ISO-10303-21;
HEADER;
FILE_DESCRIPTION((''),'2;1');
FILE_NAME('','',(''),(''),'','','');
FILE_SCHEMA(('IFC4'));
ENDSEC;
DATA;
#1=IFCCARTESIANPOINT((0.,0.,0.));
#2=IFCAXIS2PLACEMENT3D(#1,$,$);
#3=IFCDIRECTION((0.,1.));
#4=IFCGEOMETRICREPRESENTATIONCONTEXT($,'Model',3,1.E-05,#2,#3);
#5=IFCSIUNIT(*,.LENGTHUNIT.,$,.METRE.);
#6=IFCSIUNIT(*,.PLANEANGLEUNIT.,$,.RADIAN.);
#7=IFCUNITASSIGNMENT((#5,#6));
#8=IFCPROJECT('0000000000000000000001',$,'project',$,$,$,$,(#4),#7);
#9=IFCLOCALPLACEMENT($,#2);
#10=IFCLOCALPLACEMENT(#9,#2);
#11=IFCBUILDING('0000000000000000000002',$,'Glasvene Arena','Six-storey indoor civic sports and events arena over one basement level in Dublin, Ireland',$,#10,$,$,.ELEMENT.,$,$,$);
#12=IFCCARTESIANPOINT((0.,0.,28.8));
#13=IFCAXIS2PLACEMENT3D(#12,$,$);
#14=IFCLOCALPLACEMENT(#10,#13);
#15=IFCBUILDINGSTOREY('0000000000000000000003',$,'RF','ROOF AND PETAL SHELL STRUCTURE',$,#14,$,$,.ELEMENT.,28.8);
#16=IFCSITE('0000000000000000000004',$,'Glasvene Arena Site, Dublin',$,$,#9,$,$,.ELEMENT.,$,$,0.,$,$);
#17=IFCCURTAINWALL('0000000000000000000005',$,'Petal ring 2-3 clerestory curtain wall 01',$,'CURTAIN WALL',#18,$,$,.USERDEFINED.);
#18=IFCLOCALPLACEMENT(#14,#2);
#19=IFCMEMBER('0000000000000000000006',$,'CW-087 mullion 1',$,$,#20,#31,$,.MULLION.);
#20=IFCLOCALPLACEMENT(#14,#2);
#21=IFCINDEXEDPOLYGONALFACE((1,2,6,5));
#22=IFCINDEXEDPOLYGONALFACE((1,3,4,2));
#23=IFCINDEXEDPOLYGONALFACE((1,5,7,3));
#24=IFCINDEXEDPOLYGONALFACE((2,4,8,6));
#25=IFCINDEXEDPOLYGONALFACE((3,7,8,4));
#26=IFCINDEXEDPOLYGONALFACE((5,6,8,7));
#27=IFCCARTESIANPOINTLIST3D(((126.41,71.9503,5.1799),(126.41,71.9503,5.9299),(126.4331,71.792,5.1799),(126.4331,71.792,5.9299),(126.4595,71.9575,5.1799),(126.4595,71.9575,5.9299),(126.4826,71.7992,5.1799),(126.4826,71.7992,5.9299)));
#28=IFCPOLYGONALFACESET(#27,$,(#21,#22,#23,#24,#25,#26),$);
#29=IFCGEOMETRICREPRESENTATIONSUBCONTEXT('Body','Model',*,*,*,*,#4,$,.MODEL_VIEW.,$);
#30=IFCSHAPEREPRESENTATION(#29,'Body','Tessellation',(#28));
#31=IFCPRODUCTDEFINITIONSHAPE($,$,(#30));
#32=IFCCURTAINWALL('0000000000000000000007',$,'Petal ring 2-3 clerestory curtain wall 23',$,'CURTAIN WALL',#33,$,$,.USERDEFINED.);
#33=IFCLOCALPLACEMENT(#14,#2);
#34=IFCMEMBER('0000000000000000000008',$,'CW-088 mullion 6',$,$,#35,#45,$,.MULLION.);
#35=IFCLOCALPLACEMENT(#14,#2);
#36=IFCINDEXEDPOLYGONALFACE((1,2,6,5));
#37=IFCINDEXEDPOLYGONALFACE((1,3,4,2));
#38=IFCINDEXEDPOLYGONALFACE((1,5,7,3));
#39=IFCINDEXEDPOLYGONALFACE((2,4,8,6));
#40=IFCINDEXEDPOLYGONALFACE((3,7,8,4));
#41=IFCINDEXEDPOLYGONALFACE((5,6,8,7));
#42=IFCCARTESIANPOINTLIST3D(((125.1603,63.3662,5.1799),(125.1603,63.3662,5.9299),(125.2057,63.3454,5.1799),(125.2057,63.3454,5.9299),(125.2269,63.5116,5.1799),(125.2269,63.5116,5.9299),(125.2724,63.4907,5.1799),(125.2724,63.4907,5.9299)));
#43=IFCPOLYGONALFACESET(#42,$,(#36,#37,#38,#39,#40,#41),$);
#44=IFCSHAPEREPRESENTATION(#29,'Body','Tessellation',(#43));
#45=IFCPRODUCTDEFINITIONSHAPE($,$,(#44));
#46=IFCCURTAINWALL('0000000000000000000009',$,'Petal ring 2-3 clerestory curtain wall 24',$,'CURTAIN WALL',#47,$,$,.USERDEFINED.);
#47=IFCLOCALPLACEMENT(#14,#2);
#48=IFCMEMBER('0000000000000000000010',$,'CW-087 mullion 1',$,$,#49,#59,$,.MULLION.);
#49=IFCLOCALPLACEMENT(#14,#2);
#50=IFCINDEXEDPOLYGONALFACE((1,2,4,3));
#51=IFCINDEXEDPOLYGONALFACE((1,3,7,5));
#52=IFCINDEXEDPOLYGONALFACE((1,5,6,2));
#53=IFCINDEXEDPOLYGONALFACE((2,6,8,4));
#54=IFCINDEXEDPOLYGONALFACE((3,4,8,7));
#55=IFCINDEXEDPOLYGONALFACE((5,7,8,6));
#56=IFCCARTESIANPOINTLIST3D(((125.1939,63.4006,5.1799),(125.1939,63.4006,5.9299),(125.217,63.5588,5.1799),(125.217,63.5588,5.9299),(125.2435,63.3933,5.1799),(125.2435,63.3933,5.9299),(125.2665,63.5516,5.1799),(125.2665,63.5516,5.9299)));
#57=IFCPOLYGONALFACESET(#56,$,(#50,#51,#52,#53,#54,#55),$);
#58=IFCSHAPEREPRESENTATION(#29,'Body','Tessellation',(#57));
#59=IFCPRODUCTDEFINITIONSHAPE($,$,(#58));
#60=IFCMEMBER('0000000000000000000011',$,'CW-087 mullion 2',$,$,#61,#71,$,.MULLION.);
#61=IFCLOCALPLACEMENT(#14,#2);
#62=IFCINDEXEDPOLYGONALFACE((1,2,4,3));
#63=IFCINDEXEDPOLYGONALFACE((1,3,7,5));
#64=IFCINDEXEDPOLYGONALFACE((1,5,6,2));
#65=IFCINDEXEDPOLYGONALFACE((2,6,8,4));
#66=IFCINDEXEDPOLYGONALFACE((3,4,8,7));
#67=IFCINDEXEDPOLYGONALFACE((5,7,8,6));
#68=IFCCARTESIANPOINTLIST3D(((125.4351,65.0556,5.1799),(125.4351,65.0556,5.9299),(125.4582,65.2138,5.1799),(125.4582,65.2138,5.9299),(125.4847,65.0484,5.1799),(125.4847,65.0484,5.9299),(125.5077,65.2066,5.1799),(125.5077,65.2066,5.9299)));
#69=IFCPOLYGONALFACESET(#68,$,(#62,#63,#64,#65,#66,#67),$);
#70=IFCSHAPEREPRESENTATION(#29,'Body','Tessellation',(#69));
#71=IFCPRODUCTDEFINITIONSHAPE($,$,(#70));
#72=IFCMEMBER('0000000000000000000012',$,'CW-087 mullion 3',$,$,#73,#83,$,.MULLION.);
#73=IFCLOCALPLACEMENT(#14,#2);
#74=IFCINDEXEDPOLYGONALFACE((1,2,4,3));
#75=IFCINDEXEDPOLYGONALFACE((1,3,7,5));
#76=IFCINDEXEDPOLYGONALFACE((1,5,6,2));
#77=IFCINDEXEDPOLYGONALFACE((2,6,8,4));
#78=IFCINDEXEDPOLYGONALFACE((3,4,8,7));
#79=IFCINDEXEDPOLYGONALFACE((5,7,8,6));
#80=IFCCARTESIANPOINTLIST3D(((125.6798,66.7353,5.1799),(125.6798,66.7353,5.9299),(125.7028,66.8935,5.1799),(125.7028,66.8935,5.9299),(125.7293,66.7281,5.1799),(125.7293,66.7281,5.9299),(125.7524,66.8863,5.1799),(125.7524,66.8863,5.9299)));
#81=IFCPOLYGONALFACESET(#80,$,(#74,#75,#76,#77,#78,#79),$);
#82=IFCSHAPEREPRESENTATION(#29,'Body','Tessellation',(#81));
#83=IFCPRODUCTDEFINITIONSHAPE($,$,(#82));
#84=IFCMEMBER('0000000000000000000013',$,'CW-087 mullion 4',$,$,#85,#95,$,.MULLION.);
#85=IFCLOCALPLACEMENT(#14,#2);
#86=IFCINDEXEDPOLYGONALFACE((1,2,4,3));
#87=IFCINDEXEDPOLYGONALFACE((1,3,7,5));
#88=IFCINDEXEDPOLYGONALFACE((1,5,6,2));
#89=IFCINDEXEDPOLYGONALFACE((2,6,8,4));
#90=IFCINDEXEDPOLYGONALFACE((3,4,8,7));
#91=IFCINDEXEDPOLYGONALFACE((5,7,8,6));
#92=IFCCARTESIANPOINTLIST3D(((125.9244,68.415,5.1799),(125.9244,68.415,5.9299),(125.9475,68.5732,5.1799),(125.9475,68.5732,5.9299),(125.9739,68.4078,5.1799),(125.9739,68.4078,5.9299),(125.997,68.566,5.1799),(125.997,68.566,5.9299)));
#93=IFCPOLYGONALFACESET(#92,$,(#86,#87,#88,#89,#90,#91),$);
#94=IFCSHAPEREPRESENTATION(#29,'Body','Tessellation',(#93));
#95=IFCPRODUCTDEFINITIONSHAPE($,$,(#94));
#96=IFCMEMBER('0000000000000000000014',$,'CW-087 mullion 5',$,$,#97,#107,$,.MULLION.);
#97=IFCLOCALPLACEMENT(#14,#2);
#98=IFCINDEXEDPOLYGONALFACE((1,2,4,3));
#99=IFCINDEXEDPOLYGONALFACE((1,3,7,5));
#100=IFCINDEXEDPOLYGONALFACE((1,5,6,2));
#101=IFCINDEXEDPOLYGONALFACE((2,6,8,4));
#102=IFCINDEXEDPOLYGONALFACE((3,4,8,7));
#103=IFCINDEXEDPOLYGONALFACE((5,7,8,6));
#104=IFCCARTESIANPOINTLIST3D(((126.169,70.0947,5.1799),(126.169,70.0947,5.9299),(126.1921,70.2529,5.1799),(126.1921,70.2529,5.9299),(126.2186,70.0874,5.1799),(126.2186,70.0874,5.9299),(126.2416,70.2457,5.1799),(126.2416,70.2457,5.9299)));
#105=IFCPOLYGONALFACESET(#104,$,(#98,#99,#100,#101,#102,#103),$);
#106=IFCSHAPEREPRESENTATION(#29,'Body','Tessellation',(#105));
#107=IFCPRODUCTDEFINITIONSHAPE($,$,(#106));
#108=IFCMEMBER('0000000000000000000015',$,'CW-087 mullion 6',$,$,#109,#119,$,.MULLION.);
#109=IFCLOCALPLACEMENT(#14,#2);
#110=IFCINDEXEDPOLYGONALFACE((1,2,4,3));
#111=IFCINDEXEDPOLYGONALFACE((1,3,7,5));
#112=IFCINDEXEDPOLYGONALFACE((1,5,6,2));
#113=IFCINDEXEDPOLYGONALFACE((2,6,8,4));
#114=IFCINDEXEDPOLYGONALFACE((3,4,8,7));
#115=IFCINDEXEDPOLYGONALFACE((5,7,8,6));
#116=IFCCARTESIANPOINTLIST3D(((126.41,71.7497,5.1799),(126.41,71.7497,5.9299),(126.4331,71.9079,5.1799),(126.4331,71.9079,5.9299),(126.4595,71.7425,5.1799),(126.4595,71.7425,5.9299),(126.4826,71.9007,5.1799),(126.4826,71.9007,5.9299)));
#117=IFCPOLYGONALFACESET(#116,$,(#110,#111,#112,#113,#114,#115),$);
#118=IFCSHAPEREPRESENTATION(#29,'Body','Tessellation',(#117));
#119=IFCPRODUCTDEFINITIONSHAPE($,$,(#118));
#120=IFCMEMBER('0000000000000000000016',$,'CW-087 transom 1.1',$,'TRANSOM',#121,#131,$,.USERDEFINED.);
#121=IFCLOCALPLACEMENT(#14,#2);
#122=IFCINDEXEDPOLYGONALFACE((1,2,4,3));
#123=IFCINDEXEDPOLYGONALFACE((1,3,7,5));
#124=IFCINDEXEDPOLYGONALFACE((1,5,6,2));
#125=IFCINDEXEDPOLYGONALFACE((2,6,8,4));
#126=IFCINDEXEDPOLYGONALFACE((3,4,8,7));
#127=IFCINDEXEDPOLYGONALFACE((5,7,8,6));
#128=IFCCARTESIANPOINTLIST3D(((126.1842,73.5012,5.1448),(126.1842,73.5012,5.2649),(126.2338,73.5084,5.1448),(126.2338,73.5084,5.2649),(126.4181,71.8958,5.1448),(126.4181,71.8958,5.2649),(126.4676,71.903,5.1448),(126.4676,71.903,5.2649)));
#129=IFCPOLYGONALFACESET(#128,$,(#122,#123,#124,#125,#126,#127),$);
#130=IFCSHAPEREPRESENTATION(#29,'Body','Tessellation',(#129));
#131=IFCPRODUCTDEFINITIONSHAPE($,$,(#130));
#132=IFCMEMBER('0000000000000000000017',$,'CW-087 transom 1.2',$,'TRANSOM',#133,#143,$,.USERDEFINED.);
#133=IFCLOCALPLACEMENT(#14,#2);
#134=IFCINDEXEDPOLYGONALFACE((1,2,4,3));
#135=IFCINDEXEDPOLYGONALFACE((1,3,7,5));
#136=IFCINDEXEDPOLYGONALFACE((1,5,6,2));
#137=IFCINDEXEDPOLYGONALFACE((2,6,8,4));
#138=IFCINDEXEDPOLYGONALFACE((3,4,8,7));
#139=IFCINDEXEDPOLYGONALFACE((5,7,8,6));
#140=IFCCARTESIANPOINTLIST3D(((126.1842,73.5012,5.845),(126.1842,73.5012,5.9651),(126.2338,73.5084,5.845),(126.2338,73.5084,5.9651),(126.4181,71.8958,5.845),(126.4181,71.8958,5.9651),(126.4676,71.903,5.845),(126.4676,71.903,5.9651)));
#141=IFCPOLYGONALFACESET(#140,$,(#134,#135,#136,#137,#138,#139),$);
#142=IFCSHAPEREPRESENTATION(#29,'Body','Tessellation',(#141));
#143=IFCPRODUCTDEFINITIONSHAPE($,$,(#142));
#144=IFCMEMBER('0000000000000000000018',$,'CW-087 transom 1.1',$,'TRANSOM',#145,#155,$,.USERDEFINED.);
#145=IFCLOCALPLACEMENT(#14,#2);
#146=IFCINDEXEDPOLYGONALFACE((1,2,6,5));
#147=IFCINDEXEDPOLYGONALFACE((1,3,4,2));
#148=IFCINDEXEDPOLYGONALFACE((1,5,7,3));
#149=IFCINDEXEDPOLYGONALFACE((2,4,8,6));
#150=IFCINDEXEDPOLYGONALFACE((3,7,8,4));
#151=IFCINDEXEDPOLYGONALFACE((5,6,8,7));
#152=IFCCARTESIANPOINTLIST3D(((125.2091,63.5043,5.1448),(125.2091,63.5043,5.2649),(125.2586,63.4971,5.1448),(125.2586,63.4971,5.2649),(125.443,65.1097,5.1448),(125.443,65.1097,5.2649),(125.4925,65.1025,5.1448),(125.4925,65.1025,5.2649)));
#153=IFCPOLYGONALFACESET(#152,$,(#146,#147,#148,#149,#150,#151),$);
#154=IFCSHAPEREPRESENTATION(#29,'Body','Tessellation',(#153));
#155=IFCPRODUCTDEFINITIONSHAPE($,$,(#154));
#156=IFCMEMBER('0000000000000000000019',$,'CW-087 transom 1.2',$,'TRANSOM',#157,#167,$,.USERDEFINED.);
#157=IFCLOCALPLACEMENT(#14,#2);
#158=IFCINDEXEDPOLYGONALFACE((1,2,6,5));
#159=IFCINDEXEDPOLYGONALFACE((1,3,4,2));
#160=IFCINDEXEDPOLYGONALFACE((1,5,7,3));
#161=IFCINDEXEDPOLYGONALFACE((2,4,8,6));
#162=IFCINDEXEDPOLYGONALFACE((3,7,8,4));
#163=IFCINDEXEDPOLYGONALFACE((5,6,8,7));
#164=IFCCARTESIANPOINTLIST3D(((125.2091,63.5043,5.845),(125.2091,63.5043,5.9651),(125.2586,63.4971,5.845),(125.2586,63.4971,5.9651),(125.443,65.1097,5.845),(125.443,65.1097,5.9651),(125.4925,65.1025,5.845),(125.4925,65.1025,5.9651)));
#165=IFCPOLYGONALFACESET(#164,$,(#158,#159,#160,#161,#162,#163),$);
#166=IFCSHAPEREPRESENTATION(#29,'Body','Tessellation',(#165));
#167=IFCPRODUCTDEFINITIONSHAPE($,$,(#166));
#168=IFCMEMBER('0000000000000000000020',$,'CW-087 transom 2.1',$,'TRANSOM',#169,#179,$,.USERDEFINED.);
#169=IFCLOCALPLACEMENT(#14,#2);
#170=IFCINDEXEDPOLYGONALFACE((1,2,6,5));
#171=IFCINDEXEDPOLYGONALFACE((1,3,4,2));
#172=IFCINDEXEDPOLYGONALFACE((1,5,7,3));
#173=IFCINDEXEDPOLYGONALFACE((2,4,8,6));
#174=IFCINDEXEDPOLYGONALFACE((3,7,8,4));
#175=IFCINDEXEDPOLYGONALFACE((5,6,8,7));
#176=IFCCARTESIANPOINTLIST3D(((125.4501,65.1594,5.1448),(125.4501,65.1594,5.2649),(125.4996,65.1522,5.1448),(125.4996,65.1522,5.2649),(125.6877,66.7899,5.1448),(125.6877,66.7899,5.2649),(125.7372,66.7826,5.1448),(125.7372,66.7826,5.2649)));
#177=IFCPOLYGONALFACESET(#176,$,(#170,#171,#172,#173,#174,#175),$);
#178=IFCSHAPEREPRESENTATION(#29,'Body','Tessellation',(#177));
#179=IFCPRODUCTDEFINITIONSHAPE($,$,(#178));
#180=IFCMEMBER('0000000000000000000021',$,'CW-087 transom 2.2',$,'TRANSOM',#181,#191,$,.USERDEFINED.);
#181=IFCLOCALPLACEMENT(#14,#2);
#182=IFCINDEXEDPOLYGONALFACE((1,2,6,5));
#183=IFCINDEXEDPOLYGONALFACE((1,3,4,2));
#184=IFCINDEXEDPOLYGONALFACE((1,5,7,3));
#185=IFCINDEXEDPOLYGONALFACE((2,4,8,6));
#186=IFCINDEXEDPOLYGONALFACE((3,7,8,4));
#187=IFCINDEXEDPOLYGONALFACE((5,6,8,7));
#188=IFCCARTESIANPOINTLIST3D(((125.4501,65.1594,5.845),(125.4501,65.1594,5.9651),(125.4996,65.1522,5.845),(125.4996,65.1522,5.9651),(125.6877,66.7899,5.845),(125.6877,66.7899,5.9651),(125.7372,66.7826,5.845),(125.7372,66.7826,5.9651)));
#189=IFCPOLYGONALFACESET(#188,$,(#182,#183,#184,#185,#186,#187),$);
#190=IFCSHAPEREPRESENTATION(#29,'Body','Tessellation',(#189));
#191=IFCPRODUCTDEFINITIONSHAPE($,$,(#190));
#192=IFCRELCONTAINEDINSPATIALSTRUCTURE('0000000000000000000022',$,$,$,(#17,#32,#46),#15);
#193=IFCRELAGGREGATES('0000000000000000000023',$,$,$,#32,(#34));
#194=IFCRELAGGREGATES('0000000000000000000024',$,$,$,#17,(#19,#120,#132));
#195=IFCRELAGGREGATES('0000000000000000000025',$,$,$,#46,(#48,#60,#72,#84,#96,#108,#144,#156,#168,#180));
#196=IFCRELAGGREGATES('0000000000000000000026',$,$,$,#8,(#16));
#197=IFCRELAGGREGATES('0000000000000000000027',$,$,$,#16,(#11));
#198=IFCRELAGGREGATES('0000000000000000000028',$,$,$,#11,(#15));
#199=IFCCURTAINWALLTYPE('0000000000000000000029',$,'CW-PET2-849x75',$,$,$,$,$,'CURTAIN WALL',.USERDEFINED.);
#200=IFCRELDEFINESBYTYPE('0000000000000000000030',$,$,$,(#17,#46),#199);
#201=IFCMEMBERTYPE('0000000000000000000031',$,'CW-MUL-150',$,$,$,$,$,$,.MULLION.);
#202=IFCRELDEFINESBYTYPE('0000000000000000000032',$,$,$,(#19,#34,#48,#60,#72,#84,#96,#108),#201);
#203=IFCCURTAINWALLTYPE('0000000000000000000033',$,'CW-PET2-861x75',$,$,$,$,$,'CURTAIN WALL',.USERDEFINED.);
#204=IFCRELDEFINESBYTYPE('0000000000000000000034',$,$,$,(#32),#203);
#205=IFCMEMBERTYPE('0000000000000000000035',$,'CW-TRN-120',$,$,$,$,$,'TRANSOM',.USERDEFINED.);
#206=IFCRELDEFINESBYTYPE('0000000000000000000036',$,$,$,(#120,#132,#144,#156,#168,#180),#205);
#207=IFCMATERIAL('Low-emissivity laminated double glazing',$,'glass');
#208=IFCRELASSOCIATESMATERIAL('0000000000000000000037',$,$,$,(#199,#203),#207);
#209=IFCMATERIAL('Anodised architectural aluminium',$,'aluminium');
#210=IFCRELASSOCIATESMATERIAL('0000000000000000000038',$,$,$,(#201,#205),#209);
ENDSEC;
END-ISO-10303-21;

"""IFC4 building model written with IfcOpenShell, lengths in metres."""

from ifc_helpers import new_model, si_unit, direction, frame, origin, origin_2d, place, context, subcontext, project, spatial, rectangle, extrude, material, material_profile, profile_set, type_object, element, aggregate, save


model = new_model("IFC4")

# Units and contexts
model_context = context("Model", 3, precision=1e-05, world=origin(), true_north=direction((0.0, 1.0)))
body_context = subcontext(model_context, "Body", "Model", "MODEL_VIEW")
ifc_project = project(units=[si_unit("LENGTHUNIT", "METRE"), si_unit("PLANEANGLEUNIT", "RADIAN")], contexts=[model_context])

# Site, building, storey
site_placement = place(None, origin())
site = spatial("IfcSite", under=ifc_project, at=site_placement, Name="Glasvene Arena Site, Dublin", CompositionType="ELEMENT", RefElevation=0.0)
building_placement = place(site_placement, origin())
building = spatial("IfcBuilding", under=site, at=building_placement, Name="Glasvene Arena", Description="Six-storey indoor civic sports and events arena over one basement level in Dublin, Ireland", CompositionType="ELEMENT")
storey_placement = place(building_placement, frame((0.0, 0.0, 28.8)))
storey = spatial("IfcBuildingStorey", under=building, at=storey_placement, Name="RF", Description="ROOF AND PETAL SHELL STRUCTURE", CompositionType="ELEMENT", Elevation=28.8)

# Curtain walls, members
ifc_material_1 = material(Name="Low-emissivity laminated double glazing", Category="glass")
curtain_wall_type_1 = type_object("IfcCurtainWallType", Name="CW-PET2-849x75", ElementType="CURTAIN WALL", PredefinedType="USERDEFINED", material=ifc_material_1)
curtain_wall_1_placement = place(storey_placement, frame((126.45, 71.8501, 0.0)))
curtain_wall_1 = element("IfcCurtainWall", 1, at=curtain_wall_1_placement, inside=storey, type_object=curtain_wall_type_1, Name="Petal ring 2-3 clerestory curtain wall 01", ObjectType="CURTAIN WALL", PredefinedType="USERDEFINED")
ifc_material_2 = material(Name="Anodised architectural aluminium", Category="aluminium")
ifc_material_profile_1 = material_profile(ifc_material_2, rectangle(XDim=0.05, YDim=0.1599, at=origin_2d()), Name="ALU MULLION 50x160")
ifc_profile_set_1 = profile_set([ifc_material_profile_1], Name="Anodised architectural aluminium")
member_type_1 = type_object("IfcMemberType", Name="CW-MUL-150", PredefinedType="MULLION", material=ifc_profile_set_1)
member_1_placement = place(storey_placement, frame((126.4463, 71.8748, 5.1799), z_axis=(0.0, 0.0, 1.0), x_axis=(-0.989558, -0.144133, 0.0)))
member_1 = element("IfcMember", 2, at=member_1_placement, type_object=member_type_1, Name="CW-087 mullion 1", PredefinedType="MULLION", context=body_context, shape_type="SweptSolid", body=[
    extrude(rectangle(XDim=0.05, YDim=0.1599, at=origin_2d()), origin(), (0.0, 0.0, 1.0), 0.75),
])
curtain_wall_type_2 = type_object("IfcCurtainWallType", Name="CW-PET2-861x75", ElementType="CURTAIN WALL", PredefinedType="USERDEFINED", material=ifc_material_1)
curtain_wall_2_placement = place(storey_placement, frame((121.6404, 55.625, 0.0)))
curtain_wall_2 = element("IfcCurtainWall", 3, at=curtain_wall_2_placement, inside=storey, type_object=curtain_wall_type_2, Name="Petal ring 2-3 clerestory curtain wall 23", ObjectType="CURTAIN WALL", PredefinedType="USERDEFINED")
member_2_placement = place(storey_placement, frame((125.2163, 63.4285, 5.1799), z_axis=(0.0, 0.0, 1.0), x_axis=(-0.909094, 0.416592, 0.0)))
member_2 = element("IfcMember", 4, at=member_2_placement, type_object=member_type_1, Name="CW-088 mullion 6", PredefinedType="MULLION", context=body_context, shape_type="SweptSolid", body=[
    extrude(rectangle(XDim=0.05, YDim=0.1599, at=origin_2d()), origin(), (0.0, 0.0, 1.0), 0.75),
])
aggregate(curtain_wall_2, [member_2])

# Curtain wall, members
curtain_wall_3_placement = place(storey_placement, frame((125.2268, 63.4514, 0.0)))
curtain_wall_3 = element("IfcCurtainWall", 5, at=curtain_wall_3_placement, inside=storey, type_object=curtain_wall_type_1, Name="Petal ring 2-3 clerestory curtain wall 24", ObjectType="CURTAIN WALL", PredefinedType="USERDEFINED")
member_3_placement = place(storey_placement, frame((125.2302, 63.4761, 5.1799), z_axis=(0.0, 0.0, 1.0), x_axis=(-0.989558, 0.144133, 0.0)))
member_3 = element("IfcMember", 6, at=member_3_placement, type_object=member_type_1, Name="CW-087 mullion 1", PredefinedType="MULLION", context=body_context, shape_type="SweptSolid", body=[
    extrude(rectangle(XDim=0.05, YDim=0.1599, at=origin_2d()), origin(), (0.0, 0.0, 1.0), 0.75),
])
member_4_placement = place(storey_placement, frame((125.4714, 65.1311, 5.1799), z_axis=(0.0, 0.0, 1.0), x_axis=(-0.989558, 0.144133, 0.0)))
member_4 = element("IfcMember", 7, at=member_4_placement, type_object=member_type_1, Name="CW-087 mullion 2", PredefinedType="MULLION", context=body_context, shape_type="SweptSolid", body=[
    extrude(rectangle(XDim=0.05, YDim=0.1599, at=origin_2d()), origin(), (0.0, 0.0, 1.0), 0.75),
])
member_5_placement = place(storey_placement, frame((125.7161, 66.8108, 5.1799), z_axis=(0.0, 0.0, 1.0), x_axis=(-0.989558, 0.144133, 0.0)))
member_5 = element("IfcMember", 8, at=member_5_placement, type_object=member_type_1, Name="CW-087 mullion 3", PredefinedType="MULLION", context=body_context, shape_type="SweptSolid", body=[
    extrude(rectangle(XDim=0.05, YDim=0.1599, at=origin_2d()), origin(), (0.0, 0.0, 1.0), 0.75),
])
member_6_placement = place(storey_placement, frame((125.9607, 68.4905, 5.1799), z_axis=(0.0, 0.0, 1.0), x_axis=(-0.989558, 0.144133, 0.0)))
member_6 = element("IfcMember", 9, at=member_6_placement, type_object=member_type_1, Name="CW-087 mullion 4", PredefinedType="MULLION", context=body_context, shape_type="SweptSolid", body=[
    extrude(rectangle(XDim=0.05, YDim=0.1599, at=origin_2d()), origin(), (0.0, 0.0, 1.0), 0.75),
])
member_7_placement = place(storey_placement, frame((126.2053, 70.1702, 5.1799), z_axis=(0.0, 0.0, 1.0), x_axis=(-0.989558, 0.144133, 0.0)))
member_7 = element("IfcMember", 10, at=member_7_placement, type_object=member_type_1, Name="CW-087 mullion 5", PredefinedType="MULLION", context=body_context, shape_type="SweptSolid", body=[
    extrude(rectangle(XDim=0.05, YDim=0.1599, at=origin_2d()), origin(), (0.0, 0.0, 1.0), 0.75),
])
member_8_placement = place(storey_placement, frame((126.4463, 71.8252, 5.1799), z_axis=(0.0, 0.0, 1.0), x_axis=(-0.989558, 0.144133, 0.0)))
member_8 = element("IfcMember", 11, at=member_8_placement, type_object=member_type_1, Name="CW-087 mullion 6", PredefinedType="MULLION", context=body_context, shape_type="SweptSolid", body=[
    extrude(rectangle(XDim=0.05, YDim=0.1599, at=origin_2d()), origin(), (0.0, 0.0, 1.0), 0.75),
])

# Members
ifc_material_profile_2 = material_profile(ifc_material_2, rectangle(XDim=0.05, YDim=0.1201, at=origin_2d()), Name="ALU TRANSOM 50x120")
ifc_profile_set_2 = profile_set([ifc_material_profile_2], Name="Anodised architectural aluminium")
member_type_2 = type_object("IfcMemberType", Name="CW-TRN-120", ElementType="TRANSOM", PredefinedType="USERDEFINED", material=ifc_profile_set_2)
member_9_placement = place(storey_placement, frame((126.4429, 71.8994, 5.2048), z_axis=(-0.14416, 0.989554, 0.0), x_axis=(-0.989554, -0.14416, 0.0)))
member_9 = element("IfcMember", 12, at=member_9_placement, type_object=member_type_2, Name="CW-087 transom 1.1", ObjectType="TRANSOM", PredefinedType="USERDEFINED", context=body_context, shape_type="SweptSolid", body=[
    extrude(rectangle(XDim=0.05, YDim=0.1201, at=origin_2d()), origin(), (0.0, 0.0, 1.0), 1.6223),
])
member_10_placement = place(storey_placement, frame((126.4429, 71.8994, 5.905), z_axis=(-0.14416, 0.989554, 0.0), x_axis=(-0.989554, -0.14416, 0.0)))
member_10 = element("IfcMember", 13, at=member_10_placement, type_object=member_type_2, Name="CW-087 transom 1.2", ObjectType="TRANSOM", PredefinedType="USERDEFINED", context=body_context, shape_type="SweptSolid", body=[
    extrude(rectangle(XDim=0.05, YDim=0.1201, at=origin_2d()), origin(), (0.0, 0.0, 1.0), 1.6223),
])
aggregate(curtain_wall_1, [member_1, member_9, member_10])
member_11_placement = place(storey_placement, frame((125.2339, 63.5007, 5.2048), z_axis=(0.14416, 0.989554, 0.0), x_axis=(-0.989554, 0.14416, 0.0)))
member_11 = element("IfcMember", 14, at=member_11_placement, type_object=member_type_2, Name="CW-087 transom 1.1", ObjectType="TRANSOM", PredefinedType="USERDEFINED", context=body_context, shape_type="SweptSolid", body=[
    extrude(rectangle(XDim=0.05, YDim=0.1201, at=origin_2d()), origin(), (0.0, 0.0, 1.0), 1.6223),
])
member_12_placement = place(storey_placement, frame((125.2339, 63.5007, 5.905), z_axis=(0.14416, 0.989554, 0.0), x_axis=(-0.989554, 0.14416, 0.0)))
member_12 = element("IfcMember", 15, at=member_12_placement, type_object=member_type_2, Name="CW-087 transom 1.2", ObjectType="TRANSOM", PredefinedType="USERDEFINED", context=body_context, shape_type="SweptSolid", body=[
    extrude(rectangle(XDim=0.05, YDim=0.1201, at=origin_2d()), origin(), (0.0, 0.0, 1.0), 1.6223),
])
member_13_placement = place(storey_placement, frame((125.4749, 65.1558, 5.2048), z_axis=(0.14418, 0.989551, 0.0), x_axis=(-0.989551, 0.14418, 0.0)))
member_13 = element("IfcMember", 16, at=member_13_placement, type_object=member_type_2, Name="CW-087 transom 2.1", ObjectType="TRANSOM", PredefinedType="USERDEFINED", context=body_context, shape_type="SweptSolid", body=[
    extrude(rectangle(XDim=0.05, YDim=0.1201, at=origin_2d()), origin(), (0.0, 0.0, 1.0), 1.6477),
])
member_14_placement = place(storey_placement, frame((125.4749, 65.1558, 5.905), z_axis=(0.14418, 0.989551, 0.0), x_axis=(-0.989551, 0.14418, 0.0)))
member_14 = element("IfcMember", 17, at=member_14_placement, type_object=member_type_2, Name="CW-087 transom 2.2", ObjectType="TRANSOM", PredefinedType="USERDEFINED", context=body_context, shape_type="SweptSolid", body=[
    extrude(rectangle(XDim=0.05, YDim=0.1201, at=origin_2d()), origin(), (0.0, 0.0, 1.0), 1.6477),
])

aggregate(curtain_wall_3, [member_3, member_4, member_5, member_6, member_7, member_8, member_11, member_12, member_13, member_14])

save(model, "model.ifc")
